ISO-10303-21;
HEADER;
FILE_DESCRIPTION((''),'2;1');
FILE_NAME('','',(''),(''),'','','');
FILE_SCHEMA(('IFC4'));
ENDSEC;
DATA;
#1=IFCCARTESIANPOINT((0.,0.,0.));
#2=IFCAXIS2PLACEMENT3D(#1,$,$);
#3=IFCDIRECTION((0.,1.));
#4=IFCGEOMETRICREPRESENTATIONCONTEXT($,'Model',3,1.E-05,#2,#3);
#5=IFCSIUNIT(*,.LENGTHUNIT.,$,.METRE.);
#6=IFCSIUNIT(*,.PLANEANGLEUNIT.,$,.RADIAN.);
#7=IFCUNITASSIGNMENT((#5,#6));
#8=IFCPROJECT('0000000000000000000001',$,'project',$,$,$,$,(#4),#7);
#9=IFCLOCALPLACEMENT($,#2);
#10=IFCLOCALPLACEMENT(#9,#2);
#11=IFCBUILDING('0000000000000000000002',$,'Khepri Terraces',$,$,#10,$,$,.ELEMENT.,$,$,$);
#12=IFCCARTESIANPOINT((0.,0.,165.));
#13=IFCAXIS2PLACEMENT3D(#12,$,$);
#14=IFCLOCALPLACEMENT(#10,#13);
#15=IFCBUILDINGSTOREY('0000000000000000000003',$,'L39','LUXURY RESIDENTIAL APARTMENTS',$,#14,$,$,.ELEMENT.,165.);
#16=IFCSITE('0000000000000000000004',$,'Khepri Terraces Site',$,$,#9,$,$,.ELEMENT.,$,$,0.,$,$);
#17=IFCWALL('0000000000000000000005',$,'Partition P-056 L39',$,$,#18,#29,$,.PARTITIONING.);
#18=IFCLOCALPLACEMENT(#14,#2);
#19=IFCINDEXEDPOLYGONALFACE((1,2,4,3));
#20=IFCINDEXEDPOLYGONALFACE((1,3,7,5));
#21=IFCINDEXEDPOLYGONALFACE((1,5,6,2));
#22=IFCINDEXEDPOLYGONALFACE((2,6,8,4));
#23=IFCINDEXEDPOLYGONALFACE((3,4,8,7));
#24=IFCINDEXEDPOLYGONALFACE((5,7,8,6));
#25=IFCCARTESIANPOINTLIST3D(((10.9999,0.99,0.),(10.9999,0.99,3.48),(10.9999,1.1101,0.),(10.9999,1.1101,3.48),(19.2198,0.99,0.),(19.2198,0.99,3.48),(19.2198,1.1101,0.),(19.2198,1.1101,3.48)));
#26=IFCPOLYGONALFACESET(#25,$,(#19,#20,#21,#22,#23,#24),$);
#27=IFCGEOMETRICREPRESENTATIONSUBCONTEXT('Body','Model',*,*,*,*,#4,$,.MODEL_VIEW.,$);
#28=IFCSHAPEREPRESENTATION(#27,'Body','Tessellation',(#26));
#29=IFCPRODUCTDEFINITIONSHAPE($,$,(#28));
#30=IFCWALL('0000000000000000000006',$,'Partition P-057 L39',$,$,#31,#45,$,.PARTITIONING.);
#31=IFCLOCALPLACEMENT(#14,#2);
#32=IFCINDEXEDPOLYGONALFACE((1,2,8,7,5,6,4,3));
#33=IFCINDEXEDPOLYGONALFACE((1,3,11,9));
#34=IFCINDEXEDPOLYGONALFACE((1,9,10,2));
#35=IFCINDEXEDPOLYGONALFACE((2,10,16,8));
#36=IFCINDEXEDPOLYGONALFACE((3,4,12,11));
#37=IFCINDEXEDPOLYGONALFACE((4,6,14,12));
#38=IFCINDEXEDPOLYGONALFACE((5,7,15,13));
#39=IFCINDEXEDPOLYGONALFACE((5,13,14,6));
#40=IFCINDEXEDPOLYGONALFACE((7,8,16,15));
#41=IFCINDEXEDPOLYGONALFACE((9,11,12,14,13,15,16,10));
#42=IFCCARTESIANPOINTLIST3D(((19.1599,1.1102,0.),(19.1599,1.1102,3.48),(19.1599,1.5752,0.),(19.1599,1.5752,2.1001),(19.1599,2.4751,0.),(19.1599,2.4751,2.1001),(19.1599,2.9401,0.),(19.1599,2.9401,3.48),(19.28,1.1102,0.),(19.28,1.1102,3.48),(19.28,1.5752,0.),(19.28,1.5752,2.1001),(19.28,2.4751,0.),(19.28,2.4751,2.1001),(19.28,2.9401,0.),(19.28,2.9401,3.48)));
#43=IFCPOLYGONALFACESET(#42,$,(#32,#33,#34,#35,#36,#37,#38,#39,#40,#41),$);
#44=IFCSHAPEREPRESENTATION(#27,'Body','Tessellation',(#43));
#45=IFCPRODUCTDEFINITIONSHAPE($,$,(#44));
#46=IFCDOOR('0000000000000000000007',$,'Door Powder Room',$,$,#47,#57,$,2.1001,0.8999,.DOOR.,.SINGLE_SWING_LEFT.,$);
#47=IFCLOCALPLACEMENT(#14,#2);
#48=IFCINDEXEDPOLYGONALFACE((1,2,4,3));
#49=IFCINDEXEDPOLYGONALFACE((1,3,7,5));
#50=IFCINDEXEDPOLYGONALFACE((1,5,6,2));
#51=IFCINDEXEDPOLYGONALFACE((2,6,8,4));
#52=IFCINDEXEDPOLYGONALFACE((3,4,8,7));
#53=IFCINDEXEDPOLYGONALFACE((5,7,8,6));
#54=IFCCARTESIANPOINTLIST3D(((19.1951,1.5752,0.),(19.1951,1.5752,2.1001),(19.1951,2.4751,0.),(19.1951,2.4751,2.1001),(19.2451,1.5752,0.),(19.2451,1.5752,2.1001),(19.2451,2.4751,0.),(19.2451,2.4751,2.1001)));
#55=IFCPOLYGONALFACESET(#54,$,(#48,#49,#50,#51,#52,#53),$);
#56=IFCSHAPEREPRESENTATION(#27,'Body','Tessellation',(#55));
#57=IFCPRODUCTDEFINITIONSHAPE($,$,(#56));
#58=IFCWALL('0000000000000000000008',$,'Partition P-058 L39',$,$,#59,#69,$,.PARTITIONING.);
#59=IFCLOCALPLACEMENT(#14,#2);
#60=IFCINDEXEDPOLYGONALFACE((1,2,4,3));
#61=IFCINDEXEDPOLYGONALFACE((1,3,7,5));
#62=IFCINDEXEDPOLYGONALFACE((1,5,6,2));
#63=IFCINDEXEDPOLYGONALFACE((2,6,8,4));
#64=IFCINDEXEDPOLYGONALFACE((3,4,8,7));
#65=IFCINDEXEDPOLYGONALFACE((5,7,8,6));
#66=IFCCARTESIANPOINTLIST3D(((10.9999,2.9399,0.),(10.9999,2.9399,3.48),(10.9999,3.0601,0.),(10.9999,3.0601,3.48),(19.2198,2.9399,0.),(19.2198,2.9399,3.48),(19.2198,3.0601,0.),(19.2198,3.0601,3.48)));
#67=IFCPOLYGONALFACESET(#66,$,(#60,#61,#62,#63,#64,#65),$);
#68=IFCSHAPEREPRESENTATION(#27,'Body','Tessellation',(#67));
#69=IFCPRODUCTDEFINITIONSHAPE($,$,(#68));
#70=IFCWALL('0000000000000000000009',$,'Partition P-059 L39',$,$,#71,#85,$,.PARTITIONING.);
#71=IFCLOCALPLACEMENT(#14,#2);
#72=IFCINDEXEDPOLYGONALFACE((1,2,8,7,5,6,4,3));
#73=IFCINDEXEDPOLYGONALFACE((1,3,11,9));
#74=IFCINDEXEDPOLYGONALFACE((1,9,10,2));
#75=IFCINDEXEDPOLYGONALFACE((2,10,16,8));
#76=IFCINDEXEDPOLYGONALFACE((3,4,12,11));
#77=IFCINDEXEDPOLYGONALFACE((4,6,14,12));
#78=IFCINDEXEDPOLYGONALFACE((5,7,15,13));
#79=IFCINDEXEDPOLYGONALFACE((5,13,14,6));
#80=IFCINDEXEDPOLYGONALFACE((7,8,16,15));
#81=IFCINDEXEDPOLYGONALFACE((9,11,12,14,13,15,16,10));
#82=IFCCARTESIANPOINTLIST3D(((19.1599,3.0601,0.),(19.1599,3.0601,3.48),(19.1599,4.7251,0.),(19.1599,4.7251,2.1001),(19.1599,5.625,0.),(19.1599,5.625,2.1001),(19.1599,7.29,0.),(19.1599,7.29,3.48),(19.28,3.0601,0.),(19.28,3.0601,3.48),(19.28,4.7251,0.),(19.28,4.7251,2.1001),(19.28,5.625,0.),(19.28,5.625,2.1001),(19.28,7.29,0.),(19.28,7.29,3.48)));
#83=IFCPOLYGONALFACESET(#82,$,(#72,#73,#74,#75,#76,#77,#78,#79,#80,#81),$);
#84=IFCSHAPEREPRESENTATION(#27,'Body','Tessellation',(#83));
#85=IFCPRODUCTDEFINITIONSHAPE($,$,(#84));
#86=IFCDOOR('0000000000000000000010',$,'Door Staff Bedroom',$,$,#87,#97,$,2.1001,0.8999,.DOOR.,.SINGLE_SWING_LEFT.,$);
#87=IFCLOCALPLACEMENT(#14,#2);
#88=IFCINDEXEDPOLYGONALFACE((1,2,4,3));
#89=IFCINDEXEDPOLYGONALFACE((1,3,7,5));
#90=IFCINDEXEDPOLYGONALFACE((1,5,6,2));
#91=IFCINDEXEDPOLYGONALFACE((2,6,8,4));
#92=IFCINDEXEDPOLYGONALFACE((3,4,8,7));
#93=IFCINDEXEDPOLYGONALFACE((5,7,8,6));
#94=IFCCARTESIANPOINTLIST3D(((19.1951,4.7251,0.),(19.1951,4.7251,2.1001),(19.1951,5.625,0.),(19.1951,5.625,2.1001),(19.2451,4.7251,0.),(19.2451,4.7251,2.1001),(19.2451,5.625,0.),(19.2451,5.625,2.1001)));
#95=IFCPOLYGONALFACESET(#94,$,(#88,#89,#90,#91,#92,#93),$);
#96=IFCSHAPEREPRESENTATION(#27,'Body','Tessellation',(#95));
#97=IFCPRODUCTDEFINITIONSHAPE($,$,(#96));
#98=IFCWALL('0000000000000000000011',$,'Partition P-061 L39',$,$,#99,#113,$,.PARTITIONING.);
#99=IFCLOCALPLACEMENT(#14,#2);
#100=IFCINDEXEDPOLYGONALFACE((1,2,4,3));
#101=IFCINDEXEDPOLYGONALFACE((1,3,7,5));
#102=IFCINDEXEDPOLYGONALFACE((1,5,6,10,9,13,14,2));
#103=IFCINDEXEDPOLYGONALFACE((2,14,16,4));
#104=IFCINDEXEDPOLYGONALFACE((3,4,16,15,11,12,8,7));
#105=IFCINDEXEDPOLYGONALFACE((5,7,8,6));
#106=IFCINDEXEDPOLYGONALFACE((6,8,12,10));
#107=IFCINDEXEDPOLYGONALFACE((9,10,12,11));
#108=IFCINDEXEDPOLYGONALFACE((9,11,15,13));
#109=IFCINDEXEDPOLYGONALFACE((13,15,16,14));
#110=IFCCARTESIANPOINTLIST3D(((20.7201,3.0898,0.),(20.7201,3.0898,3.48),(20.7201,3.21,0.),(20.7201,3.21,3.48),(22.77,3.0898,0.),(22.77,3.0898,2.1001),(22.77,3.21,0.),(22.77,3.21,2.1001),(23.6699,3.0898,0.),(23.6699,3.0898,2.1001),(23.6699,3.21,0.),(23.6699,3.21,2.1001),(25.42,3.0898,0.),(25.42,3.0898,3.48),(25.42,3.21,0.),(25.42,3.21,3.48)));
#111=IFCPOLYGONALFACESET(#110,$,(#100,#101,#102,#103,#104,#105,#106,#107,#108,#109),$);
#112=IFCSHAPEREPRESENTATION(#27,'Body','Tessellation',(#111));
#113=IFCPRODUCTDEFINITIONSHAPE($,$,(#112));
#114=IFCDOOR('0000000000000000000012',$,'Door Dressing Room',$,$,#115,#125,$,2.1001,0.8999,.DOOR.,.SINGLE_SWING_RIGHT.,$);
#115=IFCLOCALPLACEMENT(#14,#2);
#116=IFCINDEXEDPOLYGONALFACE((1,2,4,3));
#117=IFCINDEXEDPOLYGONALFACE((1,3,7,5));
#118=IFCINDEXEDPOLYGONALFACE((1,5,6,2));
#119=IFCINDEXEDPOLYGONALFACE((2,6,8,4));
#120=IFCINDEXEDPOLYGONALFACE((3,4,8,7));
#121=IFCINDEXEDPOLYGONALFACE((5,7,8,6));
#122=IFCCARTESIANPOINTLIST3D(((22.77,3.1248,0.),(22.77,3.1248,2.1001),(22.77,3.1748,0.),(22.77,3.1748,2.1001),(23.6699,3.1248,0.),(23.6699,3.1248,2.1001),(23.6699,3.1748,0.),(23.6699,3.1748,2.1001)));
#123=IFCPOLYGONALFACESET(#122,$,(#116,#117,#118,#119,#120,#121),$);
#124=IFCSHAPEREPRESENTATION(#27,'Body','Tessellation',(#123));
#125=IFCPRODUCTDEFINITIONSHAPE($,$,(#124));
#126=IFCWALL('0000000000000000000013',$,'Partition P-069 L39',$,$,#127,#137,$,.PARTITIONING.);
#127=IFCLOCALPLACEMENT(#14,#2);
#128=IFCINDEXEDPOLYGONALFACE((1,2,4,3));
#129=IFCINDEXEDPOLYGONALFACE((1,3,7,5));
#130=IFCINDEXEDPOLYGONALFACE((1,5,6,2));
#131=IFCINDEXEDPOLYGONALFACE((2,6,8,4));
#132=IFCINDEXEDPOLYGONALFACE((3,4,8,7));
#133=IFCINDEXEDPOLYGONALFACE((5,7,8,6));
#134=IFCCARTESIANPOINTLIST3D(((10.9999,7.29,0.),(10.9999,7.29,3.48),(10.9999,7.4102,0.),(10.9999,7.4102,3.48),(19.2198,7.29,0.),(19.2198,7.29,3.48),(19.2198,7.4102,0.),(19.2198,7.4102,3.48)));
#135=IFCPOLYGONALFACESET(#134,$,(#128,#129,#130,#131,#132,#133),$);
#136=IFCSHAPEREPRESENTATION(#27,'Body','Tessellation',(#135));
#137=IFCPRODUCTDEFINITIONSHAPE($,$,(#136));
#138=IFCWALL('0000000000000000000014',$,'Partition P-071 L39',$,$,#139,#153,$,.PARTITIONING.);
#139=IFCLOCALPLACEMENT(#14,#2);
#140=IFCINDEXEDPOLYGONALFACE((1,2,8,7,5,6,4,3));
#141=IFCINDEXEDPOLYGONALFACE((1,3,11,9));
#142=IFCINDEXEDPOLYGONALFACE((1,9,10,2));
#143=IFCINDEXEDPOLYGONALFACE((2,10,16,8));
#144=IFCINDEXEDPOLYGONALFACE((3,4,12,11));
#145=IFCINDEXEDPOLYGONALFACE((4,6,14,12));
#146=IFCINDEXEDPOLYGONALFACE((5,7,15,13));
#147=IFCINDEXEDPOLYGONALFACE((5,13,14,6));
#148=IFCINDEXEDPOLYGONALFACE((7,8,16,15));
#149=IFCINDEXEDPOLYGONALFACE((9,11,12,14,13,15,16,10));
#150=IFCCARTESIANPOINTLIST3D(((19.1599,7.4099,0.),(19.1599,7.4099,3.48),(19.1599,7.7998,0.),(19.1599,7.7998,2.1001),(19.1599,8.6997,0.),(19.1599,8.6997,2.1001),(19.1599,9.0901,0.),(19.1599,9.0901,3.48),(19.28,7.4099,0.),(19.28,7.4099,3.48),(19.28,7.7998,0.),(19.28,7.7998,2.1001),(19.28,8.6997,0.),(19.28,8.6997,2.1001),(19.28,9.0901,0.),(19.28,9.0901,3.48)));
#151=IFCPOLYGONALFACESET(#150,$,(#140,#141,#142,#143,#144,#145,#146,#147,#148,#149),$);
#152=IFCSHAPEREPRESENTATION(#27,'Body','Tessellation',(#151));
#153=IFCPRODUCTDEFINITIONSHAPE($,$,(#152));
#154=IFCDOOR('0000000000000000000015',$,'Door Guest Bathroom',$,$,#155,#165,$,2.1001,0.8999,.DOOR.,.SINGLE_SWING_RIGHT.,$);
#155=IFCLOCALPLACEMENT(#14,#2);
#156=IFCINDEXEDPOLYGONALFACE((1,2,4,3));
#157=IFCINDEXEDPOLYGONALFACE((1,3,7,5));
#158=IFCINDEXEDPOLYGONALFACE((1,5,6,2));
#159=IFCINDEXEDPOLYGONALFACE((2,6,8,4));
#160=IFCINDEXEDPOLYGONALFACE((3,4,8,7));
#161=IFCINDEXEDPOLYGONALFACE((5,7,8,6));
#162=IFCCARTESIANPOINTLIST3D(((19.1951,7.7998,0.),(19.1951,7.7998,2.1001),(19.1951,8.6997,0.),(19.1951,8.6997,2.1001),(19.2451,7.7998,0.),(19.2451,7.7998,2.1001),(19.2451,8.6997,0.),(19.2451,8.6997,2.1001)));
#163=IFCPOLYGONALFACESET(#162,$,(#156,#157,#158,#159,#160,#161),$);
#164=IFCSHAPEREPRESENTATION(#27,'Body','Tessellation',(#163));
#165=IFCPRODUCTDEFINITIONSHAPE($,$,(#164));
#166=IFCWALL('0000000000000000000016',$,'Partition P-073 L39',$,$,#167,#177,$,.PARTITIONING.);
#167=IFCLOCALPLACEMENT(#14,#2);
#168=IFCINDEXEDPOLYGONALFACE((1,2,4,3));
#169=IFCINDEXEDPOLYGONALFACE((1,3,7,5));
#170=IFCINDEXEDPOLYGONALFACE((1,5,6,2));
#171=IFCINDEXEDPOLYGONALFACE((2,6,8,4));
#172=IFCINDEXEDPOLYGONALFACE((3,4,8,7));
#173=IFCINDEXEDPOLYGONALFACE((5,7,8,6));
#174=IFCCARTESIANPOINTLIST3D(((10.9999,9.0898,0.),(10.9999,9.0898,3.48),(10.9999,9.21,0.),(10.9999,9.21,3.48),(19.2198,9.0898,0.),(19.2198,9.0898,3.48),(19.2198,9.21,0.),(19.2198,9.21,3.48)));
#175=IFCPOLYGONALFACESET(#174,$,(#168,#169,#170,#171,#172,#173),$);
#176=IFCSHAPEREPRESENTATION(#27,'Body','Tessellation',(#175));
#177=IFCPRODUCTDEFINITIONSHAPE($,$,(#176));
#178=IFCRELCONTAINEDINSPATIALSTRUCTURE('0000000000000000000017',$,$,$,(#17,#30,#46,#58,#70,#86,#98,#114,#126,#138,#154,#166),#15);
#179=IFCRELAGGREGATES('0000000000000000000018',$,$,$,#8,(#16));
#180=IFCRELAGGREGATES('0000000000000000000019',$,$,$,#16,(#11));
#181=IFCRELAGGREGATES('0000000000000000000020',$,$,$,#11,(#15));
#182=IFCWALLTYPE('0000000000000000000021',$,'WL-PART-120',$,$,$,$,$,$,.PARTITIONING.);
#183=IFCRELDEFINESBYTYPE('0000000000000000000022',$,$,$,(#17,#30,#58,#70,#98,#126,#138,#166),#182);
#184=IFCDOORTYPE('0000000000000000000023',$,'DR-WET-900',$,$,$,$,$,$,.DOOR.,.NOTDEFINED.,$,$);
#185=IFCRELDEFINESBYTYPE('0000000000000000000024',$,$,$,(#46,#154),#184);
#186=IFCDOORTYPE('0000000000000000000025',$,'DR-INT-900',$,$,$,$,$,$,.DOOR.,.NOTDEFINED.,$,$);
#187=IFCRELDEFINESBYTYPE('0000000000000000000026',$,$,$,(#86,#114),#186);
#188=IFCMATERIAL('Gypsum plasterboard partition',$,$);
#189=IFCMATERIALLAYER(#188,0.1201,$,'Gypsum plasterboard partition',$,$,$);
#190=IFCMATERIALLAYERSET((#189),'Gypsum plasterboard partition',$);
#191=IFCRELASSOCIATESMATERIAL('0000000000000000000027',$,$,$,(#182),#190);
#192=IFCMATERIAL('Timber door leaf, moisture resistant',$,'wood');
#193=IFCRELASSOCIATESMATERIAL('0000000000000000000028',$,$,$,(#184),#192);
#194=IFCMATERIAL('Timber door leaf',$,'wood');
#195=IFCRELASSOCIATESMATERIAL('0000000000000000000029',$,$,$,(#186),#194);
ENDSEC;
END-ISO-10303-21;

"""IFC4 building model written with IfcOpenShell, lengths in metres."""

from ifc_helpers import new_model, si_unit, direction, frame, frame_2d, origin, place, context, subcontext, project, spatial, rectangle, extrude, material, layer, layer_set, type_object, element, fill, save


model = new_model("IFC4")

# Units and contexts
model_context = context("Model", 3, precision=1e-05, world=origin(), true_north=direction((0.0, 1.0)))
body_context = subcontext(model_context, "Body", "Model", "MODEL_VIEW")
ifc_project = project(units=[si_unit("LENGTHUNIT", "METRE"), si_unit("PLANEANGLEUNIT", "RADIAN")], contexts=[model_context])

# Site, building, storey
site_placement = place(None, origin())
site = spatial("IfcSite", under=ifc_project, at=site_placement, Name="Khepri Terraces Site", CompositionType="ELEMENT", RefElevation=0.0)
building_placement = place(site_placement, origin())
building = spatial("IfcBuilding", under=site, at=building_placement, Name="Khepri Terraces", CompositionType="ELEMENT")
storey_placement = place(building_placement, frame((0.0, 0.0, 165.0)))
storey = spatial("IfcBuildingStorey", under=building, at=storey_placement, Name="L39", Description="LUXURY RESIDENTIAL APARTMENTS", CompositionType="ELEMENT", Elevation=165.0)

# Wall
ifc_material_1 = material(Name="Gypsum plasterboard partition")
ifc_layer = layer(ifc_material_1, 0.1201, Name="Gypsum plasterboard partition")
ifc_layer_set = layer_set([ifc_layer], Name="Gypsum plasterboard partition")
wall_type = type_object("IfcWallType", Name="WL-PART-120", PredefinedType="PARTITIONING", material=ifc_layer_set)
wall_1_placement = place(storey_placement, frame((11.0, 1.05, 0.0), z_axis=(0.0, 0.0, 1.0), x_axis=(1.0, 0.0, 0.0)))
element("IfcWall", 1, at=wall_1_placement, inside=storey, type_object=wall_type, Name="Partition P-056 L39", PredefinedType="PARTITIONING", context=body_context, shape_type="SweptSolid", body=[
    extrude(rectangle(XDim=8.22, YDim=0.1201, at=frame_2d((4.1099, 0.0))), origin(), (0.0, 0.0, 1.0), 3.48),
])

# Wall, opening, door
wall_2_placement = place(storey_placement, frame((19.22, 1.1101, 0.0), z_axis=(0.0, 0.0, 1.0), x_axis=(0.0, 1.0, 0.0)))
wall_2 = element("IfcWall", 2, at=wall_2_placement, inside=storey, type_object=wall_type, Name="Partition P-057 L39", PredefinedType="PARTITIONING", context=body_context, shape_type="SweptSolid", body=[
    extrude(rectangle(XDim=1.8298, YDim=0.1201, at=frame_2d((0.915, 0.0))), origin(), (0.0, 0.0, 1.0), 3.48),
])
opening_1_placement = place(wall_2_placement, frame((0.4651, 0.0, 0.0)))
opening_1 = element("IfcOpeningElement", 3, at=opening_1_placement, cuts=wall_2, PredefinedType="OPENING", context=body_context, shape_type="SweptSolid", body=[
    extrude(rectangle(XDim=0.8999, YDim=2.1001, at=frame_2d((0.45, 1.05))), frame((0.0, 0.0701, 0.0), z_axis=(0.0, -1.0, 0.0), x_axis=(1.0, 0.0, 0.0)), (0.0, 0.0, 1.0), 0.1401),
])
ifc_material_2 = material(Name="Timber door leaf, moisture resistant", Category="wood")
door_type_1 = type_object("IfcDoorType", Name="DR-WET-900", OperationType="NOTDEFINED", PredefinedType="DOOR", material=ifc_material_2)
door_1_placement = place(opening_1_placement, origin())
door_1 = element("IfcDoor", 4, at=door_1_placement, inside=storey, type_object=door_type_1, Name="Door Powder Room", OperationType="SINGLE_SWING_LEFT", OverallHeight=2.1001, OverallWidth=0.8999, PredefinedType="DOOR", context=body_context, shape_type="SweptSolid", body=[
    extrude(rectangle(XDim=0.8999, YDim=2.1001, at=frame_2d((0.45, 1.05))), frame((0.0, 0.0249, 0.0), z_axis=(0.0, -1.0, 0.0), x_axis=(1.0, 0.0, 0.0)), (0.0, 0.0, 1.0), 0.05),
])
fill(opening_1, door_1)

# Wall
wall_3_placement = place(storey_placement, frame((11.0, 3.0, 0.0), z_axis=(0.0, 0.0, 1.0), x_axis=(1.0, 0.0, 0.0)))
element("IfcWall", 5, at=wall_3_placement, inside=storey, type_object=wall_type, Name="Partition P-058 L39", PredefinedType="PARTITIONING", context=body_context, shape_type="SweptSolid", body=[
    extrude(rectangle(XDim=8.22, YDim=0.1201, at=frame_2d((4.1099, 0.0))), origin(), (0.0, 0.0, 1.0), 3.48),
])

# Walls, openings, doors
wall_4_placement = place(storey_placement, frame((19.22, 3.0601, 0.0), z_axis=(0.0, 0.0, 1.0), x_axis=(0.0, 1.0, 0.0)))
wall_4 = element("IfcWall", 6, at=wall_4_placement, inside=storey, type_object=wall_type, Name="Partition P-059 L39", PredefinedType="PARTITIONING", context=body_context, shape_type="SweptSolid", body=[
    extrude(rectangle(XDim=4.23, YDim=0.1201, at=frame_2d((2.115, 0.0))), origin(), (0.0, 0.0, 1.0), 3.48),
])
opening_2_placement = place(wall_4_placement, frame((1.665, 0.0, 0.0)))
opening_2 = element("IfcOpeningElement", 7, at=opening_2_placement, cuts=wall_4, PredefinedType="OPENING", context=body_context, shape_type="SweptSolid", body=[
    extrude(rectangle(XDim=0.8999, YDim=2.1001, at=frame_2d((0.45, 1.05))), frame((0.0, 0.0701, 0.0), z_axis=(0.0, -1.0, 0.0), x_axis=(1.0, 0.0, 0.0)), (0.0, 0.0, 1.0), 0.1401),
])
ifc_material_3 = material(Name="Timber door leaf", Category="wood")
door_type_2 = type_object("IfcDoorType", Name="DR-INT-900", OperationType="NOTDEFINED", PredefinedType="DOOR", material=ifc_material_3)
door_2_placement = place(opening_2_placement, origin())
door_2 = element("IfcDoor", 8, at=door_2_placement, inside=storey, type_object=door_type_2, Name="Door Staff Bedroom", OperationType="SINGLE_SWING_LEFT", OverallHeight=2.1001, OverallWidth=0.8999, PredefinedType="DOOR", context=body_context, shape_type="SweptSolid", body=[
    extrude(rectangle(XDim=0.8999, YDim=2.1001, at=frame_2d((0.45, 1.05))), frame((0.0, 0.0249, 0.0), z_axis=(0.0, -1.0, 0.0), x_axis=(1.0, 0.0, 0.0)), (0.0, 0.0, 1.0), 0.05),
])
fill(opening_2, door_2)
wall_5_placement = place(storey_placement, frame((20.72, 3.1499, 0.0), z_axis=(0.0, 0.0, 1.0), x_axis=(1.0, 0.0, 0.0)))
wall_5 = element("IfcWall", 9, at=wall_5_placement, inside=storey, type_object=wall_type, Name="Partition P-061 L39", PredefinedType="PARTITIONING", context=body_context, shape_type="SweptSolid", body=[
    extrude(rectangle(XDim=4.7, YDim=0.1201, at=frame_2d((2.3501, 0.0))), origin(), (0.0, 0.0, 1.0), 3.48),
])
opening_3_placement = place(wall_5_placement, frame((2.05, 0.0, 0.0)))
opening_3 = element("IfcOpeningElement", 10, at=opening_3_placement, cuts=wall_5, PredefinedType="OPENING", context=body_context, shape_type="SweptSolid", body=[
    extrude(rectangle(XDim=0.8999, YDim=2.1001, at=frame_2d((0.45, 1.05))), frame((0.0, 0.0701, 0.0), z_axis=(0.0, -1.0, 0.0), x_axis=(1.0, 0.0, 0.0)), (0.0, 0.0, 1.0), 0.1401),
])
door_3_placement = place(opening_3_placement, origin())
door_3 = element("IfcDoor", 11, at=door_3_placement, inside=storey, type_object=door_type_2, Name="Door Dressing Room", OperationType="SINGLE_SWING_RIGHT", OverallHeight=2.1001, OverallWidth=0.8999, PredefinedType="DOOR", context=body_context, shape_type="SweptSolid", body=[
    extrude(rectangle(XDim=0.8999, YDim=2.1001, at=frame_2d((0.45, 1.05))), frame((0.0, 0.0249, 0.0), z_axis=(0.0, -1.0, 0.0), x_axis=(1.0, 0.0, 0.0)), (0.0, 0.0, 1.0), 0.05),
])
fill(opening_3, door_3)

# Wall
wall_6_placement = place(storey_placement, frame((11.0, 7.3501, 0.0), z_axis=(0.0, 0.0, 1.0), x_axis=(1.0, 0.0, 0.0)))
element("IfcWall", 12, at=wall_6_placement, inside=storey, type_object=wall_type, Name="Partition P-069 L39", PredefinedType="PARTITIONING", context=body_context, shape_type="SweptSolid", body=[
    extrude(rectangle(XDim=8.22, YDim=0.1201, at=frame_2d((4.1099, 0.0))), origin(), (0.0, 0.0, 1.0), 3.48),
])

# Wall, opening, door
wall_7_placement = place(storey_placement, frame((19.22, 7.4099, 0.0), z_axis=(0.0, 0.0, 1.0), x_axis=(0.0, 1.0, 0.0)))
wall_7 = element("IfcWall", 13, at=wall_7_placement, inside=storey, type_object=wall_type, Name="Partition P-071 L39", PredefinedType="PARTITIONING", context=body_context, shape_type="SweptSolid", body=[
    extrude(rectangle(XDim=1.6802, YDim=0.1201, at=frame_2d((0.8401, 0.0))), origin(), (0.0, 0.0, 1.0), 3.48),
])
opening_4_placement = place(wall_7_placement, frame((0.3899, 0.0, 0.0)))
opening_4 = element("IfcOpeningElement", 14, at=opening_4_placement, cuts=wall_7, PredefinedType="OPENING", context=body_context, shape_type="SweptSolid", body=[
    extrude(rectangle(XDim=0.8999, YDim=2.1001, at=frame_2d((0.45, 1.05))), frame((0.0, 0.0701, 0.0), z_axis=(0.0, -1.0, 0.0), x_axis=(1.0, 0.0, 0.0)), (0.0, 0.0, 1.0), 0.1401),
])
door_4_placement = place(opening_4_placement, origin())
door_4 = element("IfcDoor", 15, at=door_4_placement, inside=storey, type_object=door_type_1, Name="Door Guest Bathroom", OperationType="SINGLE_SWING_RIGHT", OverallHeight=2.1001, OverallWidth=0.8999, PredefinedType="DOOR", context=body_context, shape_type="SweptSolid", body=[
    extrude(rectangle(XDim=0.8999, YDim=2.1001, at=frame_2d((0.45, 1.05))), frame((0.0, 0.0249, 0.0), z_axis=(0.0, -1.0, 0.0), x_axis=(1.0, 0.0, 0.0)), (0.0, 0.0, 1.0), 0.05),
])
fill(opening_4, door_4)

# Wall
wall_8_placement = place(storey_placement, frame((11.0, 9.1499, 0.0), z_axis=(0.0, 0.0, 1.0), x_axis=(1.0, 0.0, 0.0)))
element("IfcWall", 16, at=wall_8_placement, inside=storey, type_object=wall_type, Name="Partition P-073 L39", PredefinedType="PARTITIONING", context=body_context, shape_type="SweptSolid", body=[
    extrude(rectangle(XDim=8.22, YDim=0.1201, at=frame_2d((4.1099, 0.0))), origin(), (0.0, 0.0, 1.0), 3.48),
])

save(model, "model.ifc")
